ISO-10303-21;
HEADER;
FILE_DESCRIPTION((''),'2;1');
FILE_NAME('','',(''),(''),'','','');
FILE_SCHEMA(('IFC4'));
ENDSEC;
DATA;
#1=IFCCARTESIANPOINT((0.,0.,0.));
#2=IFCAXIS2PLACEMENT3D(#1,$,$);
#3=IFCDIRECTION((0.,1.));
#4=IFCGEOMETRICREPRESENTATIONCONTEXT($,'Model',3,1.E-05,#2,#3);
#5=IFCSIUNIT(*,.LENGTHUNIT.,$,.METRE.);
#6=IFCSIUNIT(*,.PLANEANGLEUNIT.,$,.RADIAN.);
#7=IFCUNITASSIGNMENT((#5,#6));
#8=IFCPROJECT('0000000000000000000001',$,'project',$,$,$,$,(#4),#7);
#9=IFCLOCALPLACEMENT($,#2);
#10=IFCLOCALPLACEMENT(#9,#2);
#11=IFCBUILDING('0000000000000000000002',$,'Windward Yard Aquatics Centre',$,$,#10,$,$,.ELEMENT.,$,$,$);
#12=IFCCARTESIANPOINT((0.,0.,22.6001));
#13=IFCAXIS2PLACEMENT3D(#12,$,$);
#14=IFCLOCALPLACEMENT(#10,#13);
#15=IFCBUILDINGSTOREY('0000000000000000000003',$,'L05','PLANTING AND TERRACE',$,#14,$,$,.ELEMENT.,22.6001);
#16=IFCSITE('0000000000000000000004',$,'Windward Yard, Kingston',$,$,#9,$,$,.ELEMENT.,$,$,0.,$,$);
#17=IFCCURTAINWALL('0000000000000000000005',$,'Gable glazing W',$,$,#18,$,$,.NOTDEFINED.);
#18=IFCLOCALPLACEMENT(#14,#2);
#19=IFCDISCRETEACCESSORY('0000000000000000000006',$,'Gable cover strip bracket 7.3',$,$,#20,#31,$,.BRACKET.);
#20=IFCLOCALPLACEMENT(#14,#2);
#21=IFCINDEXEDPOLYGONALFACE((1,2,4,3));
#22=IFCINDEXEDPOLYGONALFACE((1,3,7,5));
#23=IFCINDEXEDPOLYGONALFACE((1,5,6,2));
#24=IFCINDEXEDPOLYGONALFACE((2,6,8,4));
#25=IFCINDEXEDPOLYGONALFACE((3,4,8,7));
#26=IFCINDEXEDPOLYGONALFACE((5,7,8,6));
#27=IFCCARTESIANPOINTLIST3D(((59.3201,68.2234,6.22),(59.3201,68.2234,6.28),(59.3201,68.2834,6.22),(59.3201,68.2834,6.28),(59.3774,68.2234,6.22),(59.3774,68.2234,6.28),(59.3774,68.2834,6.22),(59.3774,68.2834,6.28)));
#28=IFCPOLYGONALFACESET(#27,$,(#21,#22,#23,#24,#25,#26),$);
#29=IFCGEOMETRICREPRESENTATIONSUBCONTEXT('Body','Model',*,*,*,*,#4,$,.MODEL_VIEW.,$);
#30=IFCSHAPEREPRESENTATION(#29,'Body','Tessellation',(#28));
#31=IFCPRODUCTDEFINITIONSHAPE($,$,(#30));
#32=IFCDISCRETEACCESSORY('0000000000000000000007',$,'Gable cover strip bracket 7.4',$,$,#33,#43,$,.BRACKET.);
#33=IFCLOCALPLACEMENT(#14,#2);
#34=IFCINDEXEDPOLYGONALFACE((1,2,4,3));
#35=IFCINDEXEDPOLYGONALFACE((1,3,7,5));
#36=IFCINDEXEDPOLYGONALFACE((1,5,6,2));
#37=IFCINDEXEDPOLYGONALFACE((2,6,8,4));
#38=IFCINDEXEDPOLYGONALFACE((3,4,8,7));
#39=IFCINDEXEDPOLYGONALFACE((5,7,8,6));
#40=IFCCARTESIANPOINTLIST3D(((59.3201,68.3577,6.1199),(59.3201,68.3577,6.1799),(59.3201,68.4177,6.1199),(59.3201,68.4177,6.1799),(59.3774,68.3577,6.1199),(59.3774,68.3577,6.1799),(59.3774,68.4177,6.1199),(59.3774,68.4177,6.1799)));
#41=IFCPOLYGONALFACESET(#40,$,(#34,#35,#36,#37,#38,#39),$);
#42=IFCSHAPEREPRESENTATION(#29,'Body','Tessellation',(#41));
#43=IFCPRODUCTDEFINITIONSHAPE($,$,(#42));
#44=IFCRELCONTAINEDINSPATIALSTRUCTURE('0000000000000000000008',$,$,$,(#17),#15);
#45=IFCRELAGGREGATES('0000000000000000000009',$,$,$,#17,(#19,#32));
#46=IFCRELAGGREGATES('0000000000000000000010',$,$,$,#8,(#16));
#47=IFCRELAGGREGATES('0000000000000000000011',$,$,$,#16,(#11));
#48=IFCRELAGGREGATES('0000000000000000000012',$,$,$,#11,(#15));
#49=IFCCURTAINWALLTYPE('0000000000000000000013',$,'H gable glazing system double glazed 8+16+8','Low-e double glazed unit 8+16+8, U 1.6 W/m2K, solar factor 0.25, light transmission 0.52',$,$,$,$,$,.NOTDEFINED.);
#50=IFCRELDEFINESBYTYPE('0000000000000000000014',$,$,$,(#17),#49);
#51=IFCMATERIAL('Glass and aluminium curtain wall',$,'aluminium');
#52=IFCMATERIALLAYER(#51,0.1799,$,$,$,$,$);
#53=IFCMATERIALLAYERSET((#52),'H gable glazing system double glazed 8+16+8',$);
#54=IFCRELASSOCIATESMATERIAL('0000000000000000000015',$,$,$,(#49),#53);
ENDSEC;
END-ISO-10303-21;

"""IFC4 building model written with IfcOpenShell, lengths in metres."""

from ifc_helpers import new_model, si_unit, direction, frame, origin, origin_2d, place, context, subcontext, project, spatial, rectangle, extrude, material, layer, layer_set, type_object, element, aggregate, save


model = new_model("IFC4")

# Units and contexts
model_context = context("Model", 3, precision=1e-05, world=origin(), true_north=direction((0.0, 1.0)))
body_context = subcontext(model_context, "Body", "Model", "MODEL_VIEW")
ifc_project = project(units=[si_unit("LENGTHUNIT", "METRE"), si_unit("PLANEANGLEUNIT", "RADIAN")], contexts=[model_context])

# Site, building, storey
site_placement = place(None, origin())
site = spatial("IfcSite", under=ifc_project, at=site_placement, Name="Windward Yard, Kingston", CompositionType="ELEMENT", RefElevation=0.0)
building_placement = place(site_placement, origin())
building = spatial("IfcBuilding", under=site, at=building_placement, Name="Windward Yard Aquatics Centre", CompositionType="ELEMENT")
storey_placement = place(building_placement, frame((0.0, 0.0, 22.6001)))
storey = spatial("IfcBuildingStorey", under=building, at=storey_placement, Name="L05", Description="PLANTING AND TERRACE", CompositionType="ELEMENT", Elevation=22.6001)

# Curtain wall, discrete accessories
ifc_material_1 = material(Name="Glass and aluminium curtain wall", Category="aluminium")
ifc_layer_1 = layer(ifc_material_1, 0.1799)
ifc_layer_set_1 = layer_set([ifc_layer_1], Name="H gable glazing system double glazed 8+16+8")
curtain_wall_type = type_object("IfcCurtainWallType", Name="H gable glazing system double glazed 8+16+8", Description="Low-e double glazed unit 8+16+8, U 1.6 W/m2K, solar factor 0.25, light transmission 0.52", PredefinedType="NOTDEFINED", material=ifc_layer_set_1)
curtain_wall_placement = place(storey_placement, origin())
curtain_wall = element("IfcCurtainWall", 1, at=curtain_wall_placement, inside=storey, type_object=curtain_wall_type, Name="Gable glazing W", PredefinedType="NOTDEFINED")
discrete_accessory_1_placement = place(storey_placement, frame((59.3774, 68.2534, 6.25), z_axis=(-1.0, 0.0, 0.0), x_axis=(0.0, -1.0, 0.0)))
discrete_accessory_1 = element("IfcDiscreteAccessory", 2, at=discrete_accessory_1_placement, Name="Gable cover strip bracket 7.3", PredefinedType="BRACKET", context=body_context, shape_type="SweptSolid", body=[
    extrude(rectangle(XDim=0.0601, YDim=0.0601, at=origin_2d()), origin(), (0.0, 0.0, 1.0), 0.0574),
])
discrete_accessory_2_placement = place(storey_placement, frame((59.3774, 68.3877, 6.1499), z_axis=(-1.0, 0.0, 0.0), x_axis=(0.0, -1.0, 0.0)))
discrete_accessory_2 = element("IfcDiscreteAccessory", 3, at=discrete_accessory_2_placement, Name="Gable cover strip bracket 7.4", PredefinedType="BRACKET", context=body_context, shape_type="SweptSolid", body=[
    extrude(rectangle(XDim=0.0601, YDim=0.0601, at=origin_2d()), origin(), (0.0, 0.0, 1.0), 0.0574),
])
aggregate(curtain_wall, [discrete_accessory_1, discrete_accessory_2])

save(model, "model.ifc")
